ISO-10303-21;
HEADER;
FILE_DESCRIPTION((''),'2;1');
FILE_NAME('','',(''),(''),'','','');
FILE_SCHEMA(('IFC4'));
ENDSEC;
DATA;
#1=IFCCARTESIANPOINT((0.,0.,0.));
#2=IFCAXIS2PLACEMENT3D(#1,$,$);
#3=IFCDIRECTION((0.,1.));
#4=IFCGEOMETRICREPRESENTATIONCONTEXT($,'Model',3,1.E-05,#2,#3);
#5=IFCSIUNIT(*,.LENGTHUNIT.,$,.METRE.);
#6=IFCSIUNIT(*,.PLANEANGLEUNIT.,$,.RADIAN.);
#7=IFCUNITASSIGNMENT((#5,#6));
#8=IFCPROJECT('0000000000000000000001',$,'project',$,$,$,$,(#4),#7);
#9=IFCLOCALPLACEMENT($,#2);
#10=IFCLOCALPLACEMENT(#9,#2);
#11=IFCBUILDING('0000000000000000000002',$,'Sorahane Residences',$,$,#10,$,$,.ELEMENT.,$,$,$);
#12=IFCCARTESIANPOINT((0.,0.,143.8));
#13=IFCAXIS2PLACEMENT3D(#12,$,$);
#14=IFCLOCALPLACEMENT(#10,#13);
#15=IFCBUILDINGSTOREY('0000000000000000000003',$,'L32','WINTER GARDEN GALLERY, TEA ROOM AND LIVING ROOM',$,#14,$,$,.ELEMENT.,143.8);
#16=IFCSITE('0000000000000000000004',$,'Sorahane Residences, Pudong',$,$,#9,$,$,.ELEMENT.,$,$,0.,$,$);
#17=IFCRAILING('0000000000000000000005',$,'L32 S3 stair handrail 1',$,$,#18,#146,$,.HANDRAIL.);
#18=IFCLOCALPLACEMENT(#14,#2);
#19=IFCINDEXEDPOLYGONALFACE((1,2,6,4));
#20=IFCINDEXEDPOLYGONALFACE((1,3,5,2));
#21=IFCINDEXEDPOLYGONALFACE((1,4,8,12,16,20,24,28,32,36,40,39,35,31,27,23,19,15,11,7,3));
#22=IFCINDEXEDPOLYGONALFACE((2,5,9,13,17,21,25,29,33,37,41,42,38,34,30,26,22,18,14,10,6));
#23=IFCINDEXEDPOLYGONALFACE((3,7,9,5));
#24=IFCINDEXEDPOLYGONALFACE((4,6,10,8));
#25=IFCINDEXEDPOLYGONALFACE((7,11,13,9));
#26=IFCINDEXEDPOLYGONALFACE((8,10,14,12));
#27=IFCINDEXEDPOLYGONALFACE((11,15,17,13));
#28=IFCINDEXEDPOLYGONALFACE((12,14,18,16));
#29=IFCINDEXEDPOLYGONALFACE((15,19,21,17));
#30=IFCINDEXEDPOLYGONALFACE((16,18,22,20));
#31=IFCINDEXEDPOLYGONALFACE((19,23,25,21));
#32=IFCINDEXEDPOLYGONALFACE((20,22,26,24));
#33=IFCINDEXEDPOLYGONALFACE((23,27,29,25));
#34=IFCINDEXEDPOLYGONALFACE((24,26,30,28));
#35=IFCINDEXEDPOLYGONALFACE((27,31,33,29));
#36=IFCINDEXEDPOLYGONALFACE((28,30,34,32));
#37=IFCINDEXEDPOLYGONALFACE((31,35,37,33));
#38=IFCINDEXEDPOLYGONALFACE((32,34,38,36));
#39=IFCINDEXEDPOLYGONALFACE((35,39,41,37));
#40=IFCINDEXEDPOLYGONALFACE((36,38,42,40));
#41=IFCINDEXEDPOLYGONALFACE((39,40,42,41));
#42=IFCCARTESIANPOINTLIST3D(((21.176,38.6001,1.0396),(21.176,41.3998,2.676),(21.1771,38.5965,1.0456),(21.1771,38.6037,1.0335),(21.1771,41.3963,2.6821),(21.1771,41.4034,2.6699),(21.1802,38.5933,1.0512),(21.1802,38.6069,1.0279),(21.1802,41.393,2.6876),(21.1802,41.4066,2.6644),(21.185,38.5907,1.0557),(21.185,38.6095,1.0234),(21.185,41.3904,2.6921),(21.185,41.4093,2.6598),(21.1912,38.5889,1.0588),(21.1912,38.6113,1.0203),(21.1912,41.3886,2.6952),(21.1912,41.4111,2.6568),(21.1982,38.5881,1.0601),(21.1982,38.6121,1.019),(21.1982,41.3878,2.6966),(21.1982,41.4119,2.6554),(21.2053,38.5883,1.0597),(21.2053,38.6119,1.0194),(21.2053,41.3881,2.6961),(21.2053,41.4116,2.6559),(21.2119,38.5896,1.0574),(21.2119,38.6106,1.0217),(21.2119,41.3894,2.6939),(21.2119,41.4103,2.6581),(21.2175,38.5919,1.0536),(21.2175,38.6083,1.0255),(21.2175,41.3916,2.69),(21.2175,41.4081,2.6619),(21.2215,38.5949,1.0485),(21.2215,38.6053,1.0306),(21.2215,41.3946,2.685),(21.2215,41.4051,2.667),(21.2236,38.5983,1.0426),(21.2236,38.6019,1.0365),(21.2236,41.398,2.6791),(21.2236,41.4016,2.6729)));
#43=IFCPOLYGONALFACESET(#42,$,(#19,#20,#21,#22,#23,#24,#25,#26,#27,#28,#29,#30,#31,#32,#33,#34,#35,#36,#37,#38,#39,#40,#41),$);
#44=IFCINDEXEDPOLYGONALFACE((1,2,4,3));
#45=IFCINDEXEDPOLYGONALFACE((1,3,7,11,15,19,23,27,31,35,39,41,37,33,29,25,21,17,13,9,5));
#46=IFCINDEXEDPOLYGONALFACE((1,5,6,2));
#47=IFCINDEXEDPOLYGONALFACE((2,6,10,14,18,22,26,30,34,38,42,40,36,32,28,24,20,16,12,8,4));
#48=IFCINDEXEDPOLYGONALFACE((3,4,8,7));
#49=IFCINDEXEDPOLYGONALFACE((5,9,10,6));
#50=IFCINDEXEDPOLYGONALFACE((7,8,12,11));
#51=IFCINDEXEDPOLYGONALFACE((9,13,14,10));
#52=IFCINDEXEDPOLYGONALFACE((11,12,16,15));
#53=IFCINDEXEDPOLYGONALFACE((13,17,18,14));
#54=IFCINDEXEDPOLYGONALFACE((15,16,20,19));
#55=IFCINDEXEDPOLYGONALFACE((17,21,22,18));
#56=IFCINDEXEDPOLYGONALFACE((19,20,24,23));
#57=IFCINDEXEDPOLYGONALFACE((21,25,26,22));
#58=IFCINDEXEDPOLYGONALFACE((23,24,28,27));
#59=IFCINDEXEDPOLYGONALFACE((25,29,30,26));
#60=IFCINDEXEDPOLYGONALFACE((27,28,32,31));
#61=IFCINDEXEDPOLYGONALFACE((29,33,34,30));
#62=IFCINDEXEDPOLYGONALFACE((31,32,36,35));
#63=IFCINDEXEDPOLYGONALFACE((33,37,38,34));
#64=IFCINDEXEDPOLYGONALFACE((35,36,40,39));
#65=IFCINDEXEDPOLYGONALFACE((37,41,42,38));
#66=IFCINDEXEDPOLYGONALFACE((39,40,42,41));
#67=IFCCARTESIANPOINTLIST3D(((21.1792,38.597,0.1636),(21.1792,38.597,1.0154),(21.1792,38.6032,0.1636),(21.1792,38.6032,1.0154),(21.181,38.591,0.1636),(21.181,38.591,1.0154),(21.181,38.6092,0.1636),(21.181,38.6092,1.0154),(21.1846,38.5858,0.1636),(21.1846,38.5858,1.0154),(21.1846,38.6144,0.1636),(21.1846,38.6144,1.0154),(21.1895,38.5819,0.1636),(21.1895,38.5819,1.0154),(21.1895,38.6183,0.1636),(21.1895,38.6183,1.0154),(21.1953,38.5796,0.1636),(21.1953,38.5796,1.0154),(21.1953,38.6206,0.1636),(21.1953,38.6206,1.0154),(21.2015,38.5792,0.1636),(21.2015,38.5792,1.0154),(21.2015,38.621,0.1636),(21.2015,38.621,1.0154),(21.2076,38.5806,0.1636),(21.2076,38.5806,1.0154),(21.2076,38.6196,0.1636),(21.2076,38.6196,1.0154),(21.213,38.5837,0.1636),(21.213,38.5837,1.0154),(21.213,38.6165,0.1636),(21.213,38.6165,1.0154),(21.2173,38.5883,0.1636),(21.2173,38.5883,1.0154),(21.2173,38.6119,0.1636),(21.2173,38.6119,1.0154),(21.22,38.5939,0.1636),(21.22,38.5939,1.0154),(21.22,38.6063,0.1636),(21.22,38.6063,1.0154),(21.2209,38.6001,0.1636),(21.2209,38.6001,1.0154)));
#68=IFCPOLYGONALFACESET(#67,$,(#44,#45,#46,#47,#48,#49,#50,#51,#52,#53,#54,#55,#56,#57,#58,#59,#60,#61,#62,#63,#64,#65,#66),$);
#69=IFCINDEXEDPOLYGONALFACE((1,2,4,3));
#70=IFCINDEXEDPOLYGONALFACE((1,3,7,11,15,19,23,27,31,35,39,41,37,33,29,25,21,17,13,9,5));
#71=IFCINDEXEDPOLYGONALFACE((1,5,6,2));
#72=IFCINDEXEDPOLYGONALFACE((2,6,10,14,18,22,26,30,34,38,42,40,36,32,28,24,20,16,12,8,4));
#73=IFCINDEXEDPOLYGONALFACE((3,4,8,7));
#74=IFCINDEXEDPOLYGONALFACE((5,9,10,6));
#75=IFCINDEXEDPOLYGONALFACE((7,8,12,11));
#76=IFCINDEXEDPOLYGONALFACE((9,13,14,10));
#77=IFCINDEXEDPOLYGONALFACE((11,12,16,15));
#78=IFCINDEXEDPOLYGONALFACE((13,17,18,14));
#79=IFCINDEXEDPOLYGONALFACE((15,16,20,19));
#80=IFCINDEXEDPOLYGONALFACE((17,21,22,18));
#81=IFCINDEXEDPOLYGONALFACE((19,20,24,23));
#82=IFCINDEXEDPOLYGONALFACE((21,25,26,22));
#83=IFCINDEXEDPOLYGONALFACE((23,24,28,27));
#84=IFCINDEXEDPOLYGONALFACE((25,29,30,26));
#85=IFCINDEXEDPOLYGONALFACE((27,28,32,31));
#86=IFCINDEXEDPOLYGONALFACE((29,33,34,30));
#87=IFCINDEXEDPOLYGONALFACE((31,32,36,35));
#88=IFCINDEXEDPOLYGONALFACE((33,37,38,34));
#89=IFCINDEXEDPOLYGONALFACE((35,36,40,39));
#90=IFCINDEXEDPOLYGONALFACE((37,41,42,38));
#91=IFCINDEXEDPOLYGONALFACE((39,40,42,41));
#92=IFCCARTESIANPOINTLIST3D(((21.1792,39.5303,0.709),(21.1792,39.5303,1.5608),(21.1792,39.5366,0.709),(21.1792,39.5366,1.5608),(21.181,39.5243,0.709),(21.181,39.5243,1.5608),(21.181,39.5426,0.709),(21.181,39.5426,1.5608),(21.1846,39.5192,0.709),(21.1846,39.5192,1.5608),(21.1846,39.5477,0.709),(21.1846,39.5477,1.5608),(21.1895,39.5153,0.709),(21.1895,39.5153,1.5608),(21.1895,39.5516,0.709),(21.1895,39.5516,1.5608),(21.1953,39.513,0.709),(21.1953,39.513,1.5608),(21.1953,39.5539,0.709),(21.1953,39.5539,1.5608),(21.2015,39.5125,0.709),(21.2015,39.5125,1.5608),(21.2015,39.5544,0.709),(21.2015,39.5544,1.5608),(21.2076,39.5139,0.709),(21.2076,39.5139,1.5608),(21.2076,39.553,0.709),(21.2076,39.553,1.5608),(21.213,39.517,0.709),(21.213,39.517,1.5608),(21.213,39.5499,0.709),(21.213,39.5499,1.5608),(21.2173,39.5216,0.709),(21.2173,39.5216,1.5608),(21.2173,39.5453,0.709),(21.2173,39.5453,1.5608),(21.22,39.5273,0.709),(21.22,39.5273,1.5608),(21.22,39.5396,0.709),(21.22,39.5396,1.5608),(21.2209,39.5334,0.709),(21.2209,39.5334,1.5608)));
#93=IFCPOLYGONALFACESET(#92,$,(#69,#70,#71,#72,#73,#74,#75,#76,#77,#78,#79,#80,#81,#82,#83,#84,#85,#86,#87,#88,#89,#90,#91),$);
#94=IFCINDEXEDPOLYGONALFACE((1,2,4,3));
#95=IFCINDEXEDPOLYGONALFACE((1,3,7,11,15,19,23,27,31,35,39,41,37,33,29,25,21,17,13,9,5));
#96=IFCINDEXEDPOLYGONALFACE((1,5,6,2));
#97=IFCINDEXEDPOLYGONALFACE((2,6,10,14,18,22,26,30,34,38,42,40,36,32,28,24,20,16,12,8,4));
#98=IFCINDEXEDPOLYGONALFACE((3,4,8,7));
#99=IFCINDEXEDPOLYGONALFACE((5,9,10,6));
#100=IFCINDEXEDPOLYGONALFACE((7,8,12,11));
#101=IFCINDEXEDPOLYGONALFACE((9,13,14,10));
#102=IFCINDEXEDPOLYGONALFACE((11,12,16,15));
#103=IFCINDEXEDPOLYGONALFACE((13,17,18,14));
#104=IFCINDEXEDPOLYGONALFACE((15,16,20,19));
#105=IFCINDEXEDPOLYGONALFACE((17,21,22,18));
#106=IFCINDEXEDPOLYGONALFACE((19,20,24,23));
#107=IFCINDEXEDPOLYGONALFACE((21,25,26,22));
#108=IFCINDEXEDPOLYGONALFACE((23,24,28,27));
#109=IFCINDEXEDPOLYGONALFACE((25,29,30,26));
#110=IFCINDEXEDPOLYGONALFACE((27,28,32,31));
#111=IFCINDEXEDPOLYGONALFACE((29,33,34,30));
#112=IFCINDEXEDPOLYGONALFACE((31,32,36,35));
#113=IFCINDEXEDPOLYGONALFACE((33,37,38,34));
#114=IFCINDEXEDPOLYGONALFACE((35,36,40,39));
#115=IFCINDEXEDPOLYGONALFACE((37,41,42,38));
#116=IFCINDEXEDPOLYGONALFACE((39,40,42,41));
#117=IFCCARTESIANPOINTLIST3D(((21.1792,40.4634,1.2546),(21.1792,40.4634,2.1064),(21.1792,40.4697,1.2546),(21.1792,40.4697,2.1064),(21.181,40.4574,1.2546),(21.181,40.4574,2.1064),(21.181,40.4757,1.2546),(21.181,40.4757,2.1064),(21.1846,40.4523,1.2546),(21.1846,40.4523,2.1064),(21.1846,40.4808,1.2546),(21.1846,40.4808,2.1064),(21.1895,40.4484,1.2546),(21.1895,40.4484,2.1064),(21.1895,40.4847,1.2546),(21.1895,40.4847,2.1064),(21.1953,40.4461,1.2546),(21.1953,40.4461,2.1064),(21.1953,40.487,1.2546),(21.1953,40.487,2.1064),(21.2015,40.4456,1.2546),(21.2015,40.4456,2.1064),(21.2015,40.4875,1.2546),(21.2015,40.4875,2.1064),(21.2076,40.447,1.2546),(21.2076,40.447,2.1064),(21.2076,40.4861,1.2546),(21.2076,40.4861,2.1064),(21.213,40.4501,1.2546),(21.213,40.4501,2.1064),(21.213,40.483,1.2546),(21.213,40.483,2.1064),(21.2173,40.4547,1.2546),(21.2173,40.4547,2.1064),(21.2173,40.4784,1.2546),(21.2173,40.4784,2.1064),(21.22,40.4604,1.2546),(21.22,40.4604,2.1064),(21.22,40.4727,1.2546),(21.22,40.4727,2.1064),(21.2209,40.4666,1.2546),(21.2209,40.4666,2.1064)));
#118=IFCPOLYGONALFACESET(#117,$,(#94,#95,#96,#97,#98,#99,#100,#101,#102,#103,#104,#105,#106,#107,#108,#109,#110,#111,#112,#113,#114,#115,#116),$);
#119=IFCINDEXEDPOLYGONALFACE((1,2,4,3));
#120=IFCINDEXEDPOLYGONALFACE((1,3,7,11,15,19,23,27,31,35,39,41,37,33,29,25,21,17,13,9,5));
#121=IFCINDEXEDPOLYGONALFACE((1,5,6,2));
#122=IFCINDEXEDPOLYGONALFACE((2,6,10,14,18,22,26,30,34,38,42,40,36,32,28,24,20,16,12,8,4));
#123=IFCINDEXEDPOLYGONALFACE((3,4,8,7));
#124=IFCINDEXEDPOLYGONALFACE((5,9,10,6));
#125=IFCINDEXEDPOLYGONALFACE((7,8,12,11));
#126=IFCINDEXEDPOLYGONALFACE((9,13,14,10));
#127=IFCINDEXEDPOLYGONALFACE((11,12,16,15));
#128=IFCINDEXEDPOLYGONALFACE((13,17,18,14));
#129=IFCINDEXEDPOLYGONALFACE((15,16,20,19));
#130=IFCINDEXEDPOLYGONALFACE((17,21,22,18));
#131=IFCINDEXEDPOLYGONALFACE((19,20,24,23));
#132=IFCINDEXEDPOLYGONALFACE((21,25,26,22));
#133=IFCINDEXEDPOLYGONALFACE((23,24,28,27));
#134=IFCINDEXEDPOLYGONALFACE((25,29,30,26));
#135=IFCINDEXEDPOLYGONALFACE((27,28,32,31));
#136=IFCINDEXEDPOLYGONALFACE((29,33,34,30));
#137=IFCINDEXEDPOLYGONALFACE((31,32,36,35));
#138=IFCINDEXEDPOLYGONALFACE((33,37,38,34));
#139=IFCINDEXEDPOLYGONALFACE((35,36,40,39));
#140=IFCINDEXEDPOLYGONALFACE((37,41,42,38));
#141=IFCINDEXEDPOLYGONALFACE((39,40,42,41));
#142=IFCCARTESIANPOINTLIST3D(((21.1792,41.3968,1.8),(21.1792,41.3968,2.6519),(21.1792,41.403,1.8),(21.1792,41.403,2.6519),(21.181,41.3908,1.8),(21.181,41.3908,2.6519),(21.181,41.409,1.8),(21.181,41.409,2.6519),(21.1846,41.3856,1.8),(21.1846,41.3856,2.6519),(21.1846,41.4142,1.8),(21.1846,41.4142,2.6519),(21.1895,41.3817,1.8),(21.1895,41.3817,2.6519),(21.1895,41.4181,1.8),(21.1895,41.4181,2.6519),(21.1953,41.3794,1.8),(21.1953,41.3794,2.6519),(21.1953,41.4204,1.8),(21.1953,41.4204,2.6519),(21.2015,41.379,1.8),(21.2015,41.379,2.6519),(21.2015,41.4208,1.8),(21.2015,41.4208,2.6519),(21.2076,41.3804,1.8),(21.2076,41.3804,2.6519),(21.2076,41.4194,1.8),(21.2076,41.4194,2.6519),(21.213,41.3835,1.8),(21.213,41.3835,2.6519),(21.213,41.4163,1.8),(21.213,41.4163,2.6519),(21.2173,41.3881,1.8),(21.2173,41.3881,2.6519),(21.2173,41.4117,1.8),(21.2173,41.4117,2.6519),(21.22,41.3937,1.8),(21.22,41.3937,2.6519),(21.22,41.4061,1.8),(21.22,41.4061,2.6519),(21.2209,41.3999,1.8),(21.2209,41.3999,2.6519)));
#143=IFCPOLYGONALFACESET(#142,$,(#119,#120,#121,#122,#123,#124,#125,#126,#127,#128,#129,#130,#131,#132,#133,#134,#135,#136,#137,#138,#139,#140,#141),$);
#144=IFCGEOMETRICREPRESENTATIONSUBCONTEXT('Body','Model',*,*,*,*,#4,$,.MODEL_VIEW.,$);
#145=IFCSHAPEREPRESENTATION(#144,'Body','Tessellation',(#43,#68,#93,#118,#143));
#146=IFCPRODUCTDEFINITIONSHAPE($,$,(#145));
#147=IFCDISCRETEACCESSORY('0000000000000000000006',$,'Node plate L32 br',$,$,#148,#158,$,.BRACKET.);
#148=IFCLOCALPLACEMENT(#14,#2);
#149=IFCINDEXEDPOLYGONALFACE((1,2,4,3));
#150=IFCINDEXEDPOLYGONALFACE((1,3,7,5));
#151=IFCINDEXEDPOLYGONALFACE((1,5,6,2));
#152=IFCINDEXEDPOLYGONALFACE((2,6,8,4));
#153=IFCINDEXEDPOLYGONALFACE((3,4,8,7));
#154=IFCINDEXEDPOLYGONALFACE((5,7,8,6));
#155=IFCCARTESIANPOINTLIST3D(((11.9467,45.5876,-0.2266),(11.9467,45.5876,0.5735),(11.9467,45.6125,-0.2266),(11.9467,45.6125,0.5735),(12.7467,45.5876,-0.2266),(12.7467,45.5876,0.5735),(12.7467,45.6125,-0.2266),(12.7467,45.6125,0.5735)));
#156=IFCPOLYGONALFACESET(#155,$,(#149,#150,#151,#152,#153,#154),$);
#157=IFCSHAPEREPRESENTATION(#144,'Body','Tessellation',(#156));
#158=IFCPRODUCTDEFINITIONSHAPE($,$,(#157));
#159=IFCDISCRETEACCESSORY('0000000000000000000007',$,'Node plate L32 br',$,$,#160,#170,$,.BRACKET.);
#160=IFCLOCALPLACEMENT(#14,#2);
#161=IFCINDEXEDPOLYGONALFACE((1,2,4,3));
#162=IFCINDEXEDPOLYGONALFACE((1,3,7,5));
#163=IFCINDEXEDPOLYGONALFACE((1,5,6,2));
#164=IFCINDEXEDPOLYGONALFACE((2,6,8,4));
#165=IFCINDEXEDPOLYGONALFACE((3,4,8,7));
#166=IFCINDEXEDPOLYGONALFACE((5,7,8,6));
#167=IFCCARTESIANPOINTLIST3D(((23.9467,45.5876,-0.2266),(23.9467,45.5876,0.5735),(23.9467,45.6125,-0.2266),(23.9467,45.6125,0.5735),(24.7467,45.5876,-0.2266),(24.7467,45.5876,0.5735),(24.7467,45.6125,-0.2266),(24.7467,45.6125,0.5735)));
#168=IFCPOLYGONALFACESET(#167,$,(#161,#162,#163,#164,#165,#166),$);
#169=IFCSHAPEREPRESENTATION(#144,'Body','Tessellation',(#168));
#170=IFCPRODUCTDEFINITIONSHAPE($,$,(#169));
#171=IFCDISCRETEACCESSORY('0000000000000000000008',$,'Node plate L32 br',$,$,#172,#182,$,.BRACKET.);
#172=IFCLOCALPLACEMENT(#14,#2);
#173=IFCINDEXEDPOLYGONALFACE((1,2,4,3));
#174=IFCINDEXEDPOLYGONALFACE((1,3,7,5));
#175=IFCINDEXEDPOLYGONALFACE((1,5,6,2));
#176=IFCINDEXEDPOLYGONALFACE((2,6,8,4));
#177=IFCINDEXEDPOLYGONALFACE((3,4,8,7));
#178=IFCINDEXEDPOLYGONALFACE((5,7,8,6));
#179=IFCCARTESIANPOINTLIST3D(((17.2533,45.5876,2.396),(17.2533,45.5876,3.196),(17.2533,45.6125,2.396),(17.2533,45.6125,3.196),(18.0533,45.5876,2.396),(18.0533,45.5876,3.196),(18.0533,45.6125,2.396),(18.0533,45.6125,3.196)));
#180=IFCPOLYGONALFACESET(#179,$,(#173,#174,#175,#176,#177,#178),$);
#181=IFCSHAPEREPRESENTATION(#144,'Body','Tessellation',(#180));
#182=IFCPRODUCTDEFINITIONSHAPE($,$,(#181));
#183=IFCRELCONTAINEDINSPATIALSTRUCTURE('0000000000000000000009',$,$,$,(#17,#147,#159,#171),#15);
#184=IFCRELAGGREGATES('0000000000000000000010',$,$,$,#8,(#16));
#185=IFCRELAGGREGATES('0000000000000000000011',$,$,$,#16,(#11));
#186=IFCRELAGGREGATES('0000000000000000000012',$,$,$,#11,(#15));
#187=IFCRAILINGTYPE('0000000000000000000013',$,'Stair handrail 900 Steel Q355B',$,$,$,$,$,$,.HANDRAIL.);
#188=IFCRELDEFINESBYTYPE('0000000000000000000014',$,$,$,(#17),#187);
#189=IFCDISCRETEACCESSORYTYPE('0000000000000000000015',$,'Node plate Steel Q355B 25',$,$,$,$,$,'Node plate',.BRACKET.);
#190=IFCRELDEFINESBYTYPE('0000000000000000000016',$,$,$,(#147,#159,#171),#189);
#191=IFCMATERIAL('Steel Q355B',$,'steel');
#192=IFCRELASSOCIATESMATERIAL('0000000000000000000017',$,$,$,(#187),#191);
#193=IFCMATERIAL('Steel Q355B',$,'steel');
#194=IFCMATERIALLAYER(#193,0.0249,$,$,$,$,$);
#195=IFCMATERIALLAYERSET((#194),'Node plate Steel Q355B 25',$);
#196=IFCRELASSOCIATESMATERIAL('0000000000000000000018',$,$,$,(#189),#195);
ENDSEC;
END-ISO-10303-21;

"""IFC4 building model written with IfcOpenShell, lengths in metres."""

from ifc_helpers import new_model, si_unit, direction, frame, origin, origin_2d, place, context, subcontext, project, spatial, rectangle, circle, extrude, material, layer, layer_set, type_object, element, save


model = new_model("IFC4")

# Units and contexts
model_context = context("Model", 3, precision=1e-05, world=origin(), true_north=direction((0.0, 1.0)))
body_context = subcontext(model_context, "Body", "Model", "MODEL_VIEW")
ifc_project = project(units=[si_unit("LENGTHUNIT", "METRE"), si_unit("PLANEANGLEUNIT", "RADIAN")], contexts=[model_context])

# Site, building, storey
site_placement = place(None, origin())
site = spatial("IfcSite", under=ifc_project, at=site_placement, Name="Sorahane Residences, Pudong", CompositionType="ELEMENT", RefElevation=0.0)
building_placement = place(site_placement, origin())
building = spatial("IfcBuilding", under=site, at=building_placement, Name="Sorahane Residences", CompositionType="ELEMENT")
storey_placement = place(building_placement, frame((0.0, 0.0, 143.8)))
storey = spatial("IfcBuildingStorey", under=building, at=storey_placement, Name="L32", Description="WINTER GARDEN GALLERY, TEA ROOM AND LIVING ROOM", CompositionType="ELEMENT", Elevation=143.8)

# Railing
ifc_material_1 = material(Name="Steel Q355B", Category="steel")
railing_type = type_object("IfcRailingType", Name="Stair handrail 900 Steel Q355B", PredefinedType="HANDRAIL", material=ifc_material_1)
railing_placement = place(storey_placement, frame((21.2, 38.6001, 0.1636)))
element("IfcRailing", 1, at=railing_placement, inside=storey, type_object=railing_type, Name="L32 S3 stair handrail 1", PredefinedType="HANDRAIL", context=body_context, shape_type="SweptSolid", body=[
    extrude(circle(Radius=0.0239, at=origin_2d()), frame((0.0, 0.0, 0.876), z_axis=(0.0, 0.863342, 0.50462), x_axis=(-1.0, 0.0, 0.0)), (0.0, 0.0, 1.0), 3.2429),
    extrude(circle(Radius=0.021, at=origin_2d()), origin(), (0.0, 0.0, 1.0), 0.8518),
    extrude(circle(Radius=0.021, at=origin_2d()), frame((0.0, 0.9333, 0.5454)), (0.0, 0.0, 1.0), 0.8518),
    extrude(circle(Radius=0.021, at=origin_2d()), frame((0.0, 1.8665, 1.0911)), (0.0, 0.0, 1.0), 0.8518),
    extrude(circle(Radius=0.021, at=origin_2d()), frame((0.0, 2.7998, 1.6365)), (0.0, 0.0, 1.0), 0.8518),
])

# Discrete accessories
ifc_material_2 = material(Name="Steel Q355B", Category="steel")
ifc_layer_1 = layer(ifc_material_2, 0.0249)
ifc_layer_set_1 = layer_set([ifc_layer_1], Name="Node plate Steel Q355B 25")
discrete_accessory_type = type_object("IfcDiscreteAccessoryType", Name="Node plate Steel Q355B 25", ElementType="Node plate", PredefinedType="BRACKET", material=ifc_layer_set_1)
for number, where, z_axis, x_axis, name in (
    (2, (12.3467, 45.6001, -0.2266), (0.0, 0.0, 1.0), (1.0, 0.0, 0.0), "Node plate L32 br"),
    (3, (24.3467, 45.6001, -0.2266), (0.0, 0.0, 1.0), (1.0, 0.0, 0.0), "Node plate L32 br"),
    (4, (17.6533, 45.6001, 2.396), (0.0, 0.0, 1.0), (1.0, 0.0, 0.0), "Node plate L32 br"),
):
    element("IfcDiscreteAccessory", number, at=place(storey_placement, frame(where, z_axis=z_axis, x_axis=x_axis)), inside=storey, type_object=discrete_accessory_type, Name=name, PredefinedType="BRACKET", context=body_context, shape_type="SweptSolid", body=[
        extrude(rectangle(XDim=0.8, YDim=0.0249, at=origin_2d()), origin(), (0.0, 0.0, 1.0), 0.8),
    ])

save(model, "model.ifc")
